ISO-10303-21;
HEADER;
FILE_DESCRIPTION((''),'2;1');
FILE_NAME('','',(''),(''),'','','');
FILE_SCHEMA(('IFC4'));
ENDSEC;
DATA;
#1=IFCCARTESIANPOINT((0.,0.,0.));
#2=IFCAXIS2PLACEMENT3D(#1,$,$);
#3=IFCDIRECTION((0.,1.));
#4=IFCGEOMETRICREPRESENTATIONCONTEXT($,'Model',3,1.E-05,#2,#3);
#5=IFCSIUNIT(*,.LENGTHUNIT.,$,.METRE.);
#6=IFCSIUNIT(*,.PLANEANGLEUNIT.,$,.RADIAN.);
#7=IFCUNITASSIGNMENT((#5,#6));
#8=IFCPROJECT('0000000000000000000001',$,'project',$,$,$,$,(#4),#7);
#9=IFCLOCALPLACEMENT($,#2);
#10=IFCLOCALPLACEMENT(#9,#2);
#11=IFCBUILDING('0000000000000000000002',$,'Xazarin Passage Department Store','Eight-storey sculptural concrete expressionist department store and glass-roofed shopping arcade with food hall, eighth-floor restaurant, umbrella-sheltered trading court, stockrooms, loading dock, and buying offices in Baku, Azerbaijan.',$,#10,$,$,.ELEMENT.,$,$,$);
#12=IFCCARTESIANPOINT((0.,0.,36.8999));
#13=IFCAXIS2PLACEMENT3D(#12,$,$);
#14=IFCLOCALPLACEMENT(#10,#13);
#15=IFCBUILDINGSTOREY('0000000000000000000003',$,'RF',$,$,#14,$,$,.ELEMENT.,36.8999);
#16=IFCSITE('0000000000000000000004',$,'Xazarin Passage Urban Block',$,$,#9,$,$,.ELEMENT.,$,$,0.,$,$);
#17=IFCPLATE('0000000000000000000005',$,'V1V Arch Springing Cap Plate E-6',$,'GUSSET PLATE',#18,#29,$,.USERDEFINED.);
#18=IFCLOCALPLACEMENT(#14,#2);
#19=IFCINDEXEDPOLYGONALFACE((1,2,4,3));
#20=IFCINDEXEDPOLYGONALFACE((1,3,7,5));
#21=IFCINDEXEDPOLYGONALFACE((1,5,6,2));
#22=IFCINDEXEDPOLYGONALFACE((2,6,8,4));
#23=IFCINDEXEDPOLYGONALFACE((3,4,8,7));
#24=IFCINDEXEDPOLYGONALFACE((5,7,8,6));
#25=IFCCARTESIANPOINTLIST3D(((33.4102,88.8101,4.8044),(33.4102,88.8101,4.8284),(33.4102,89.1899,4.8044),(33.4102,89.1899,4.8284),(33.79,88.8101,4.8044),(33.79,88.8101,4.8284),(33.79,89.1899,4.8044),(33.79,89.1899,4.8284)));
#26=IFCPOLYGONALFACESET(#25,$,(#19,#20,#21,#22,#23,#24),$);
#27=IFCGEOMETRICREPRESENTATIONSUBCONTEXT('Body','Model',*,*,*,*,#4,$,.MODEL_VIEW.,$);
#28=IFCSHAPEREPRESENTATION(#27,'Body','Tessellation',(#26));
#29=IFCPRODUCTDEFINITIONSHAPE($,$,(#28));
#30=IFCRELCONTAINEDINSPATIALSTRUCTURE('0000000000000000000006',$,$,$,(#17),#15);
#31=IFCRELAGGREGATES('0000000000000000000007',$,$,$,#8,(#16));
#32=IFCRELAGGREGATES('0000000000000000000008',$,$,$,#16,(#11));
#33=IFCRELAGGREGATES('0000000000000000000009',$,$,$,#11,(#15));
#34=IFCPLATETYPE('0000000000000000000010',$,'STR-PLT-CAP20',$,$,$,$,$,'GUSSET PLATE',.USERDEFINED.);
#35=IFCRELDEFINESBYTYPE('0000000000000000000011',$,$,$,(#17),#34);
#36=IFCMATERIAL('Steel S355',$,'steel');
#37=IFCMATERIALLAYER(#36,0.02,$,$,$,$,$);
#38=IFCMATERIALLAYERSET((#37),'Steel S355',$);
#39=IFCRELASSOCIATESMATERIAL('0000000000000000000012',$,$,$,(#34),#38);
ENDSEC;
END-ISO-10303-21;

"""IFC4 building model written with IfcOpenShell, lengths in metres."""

from ifc_helpers import new_model, si_unit, direction, frame, origin, origin_2d, place, context, subcontext, project, spatial, rectangle, extrude, material, layer, layer_set, type_object, element, save


model = new_model("IFC4")

# Units and contexts
model_context = context("Model", 3, precision=1e-05, world=origin(), true_north=direction((0.0, 1.0)))
body_context = subcontext(model_context, "Body", "Model", "MODEL_VIEW")
ifc_project = project(units=[si_unit("LENGTHUNIT", "METRE"), si_unit("PLANEANGLEUNIT", "RADIAN")], contexts=[model_context])

# Site, building, storey
site_placement = place(None, origin())
site = spatial("IfcSite", under=ifc_project, at=site_placement, Name="Xazarin Passage Urban Block", CompositionType="ELEMENT", RefElevation=0.0)
building_placement = place(site_placement, origin())
building = spatial("IfcBuilding", under=site, at=building_placement, Name="Xazarin Passage Department Store", Description="Eight-storey sculptural concrete expressionist department store and glass-roofed shopping arcade with food hall, eighth-floor restaurant, umbrella-sheltered trading court, stockrooms, loading dock, and buying offices in Baku, Azerbaijan.", CompositionType="ELEMENT")
storey_placement = place(building_placement, frame((0.0, 0.0, 36.8999)))
storey = spatial("IfcBuildingStorey", under=building, at=storey_placement, Name="RF", CompositionType="ELEMENT", Elevation=36.8999)

# Shared definitions
ifc_material_1 = material(Name="Steel S355", Category="steel")

# Plate
ifc_layer_1 = layer(ifc_material_1, 0.02)
ifc_layer_set_1 = layer_set([ifc_layer_1], Name="Steel S355")
plate_type_1 = type_object("IfcPlateType", Name="STR-PLT-CAP20", ElementType="GUSSET PLATE", PredefinedType="USERDEFINED", material=ifc_layer_set_1)
for number, where, z_axis, x_axis, name in (
    (1, (33.6001, 89.0, 4.8044), (0.0, 0.0, 1.0), (1.0, 0.0, 0.0), "V1V Arch Springing Cap Plate E-6"),
):
    element("IfcPlate", number, at=place(storey_placement, frame(where, z_axis=z_axis, x_axis=x_axis)), inside=storey, type_object=plate_type_1, Name=name, ObjectType="GUSSET PLATE", PredefinedType="USERDEFINED", context=body_context, shape_type="SweptSolid", body=[
        extrude(rectangle(XDim=0.3799, YDim=0.3799, at=origin_2d()), origin(), (0.0, 0.0, 1.0), 0.0239),
    ])

save(model, "model.ifc")
